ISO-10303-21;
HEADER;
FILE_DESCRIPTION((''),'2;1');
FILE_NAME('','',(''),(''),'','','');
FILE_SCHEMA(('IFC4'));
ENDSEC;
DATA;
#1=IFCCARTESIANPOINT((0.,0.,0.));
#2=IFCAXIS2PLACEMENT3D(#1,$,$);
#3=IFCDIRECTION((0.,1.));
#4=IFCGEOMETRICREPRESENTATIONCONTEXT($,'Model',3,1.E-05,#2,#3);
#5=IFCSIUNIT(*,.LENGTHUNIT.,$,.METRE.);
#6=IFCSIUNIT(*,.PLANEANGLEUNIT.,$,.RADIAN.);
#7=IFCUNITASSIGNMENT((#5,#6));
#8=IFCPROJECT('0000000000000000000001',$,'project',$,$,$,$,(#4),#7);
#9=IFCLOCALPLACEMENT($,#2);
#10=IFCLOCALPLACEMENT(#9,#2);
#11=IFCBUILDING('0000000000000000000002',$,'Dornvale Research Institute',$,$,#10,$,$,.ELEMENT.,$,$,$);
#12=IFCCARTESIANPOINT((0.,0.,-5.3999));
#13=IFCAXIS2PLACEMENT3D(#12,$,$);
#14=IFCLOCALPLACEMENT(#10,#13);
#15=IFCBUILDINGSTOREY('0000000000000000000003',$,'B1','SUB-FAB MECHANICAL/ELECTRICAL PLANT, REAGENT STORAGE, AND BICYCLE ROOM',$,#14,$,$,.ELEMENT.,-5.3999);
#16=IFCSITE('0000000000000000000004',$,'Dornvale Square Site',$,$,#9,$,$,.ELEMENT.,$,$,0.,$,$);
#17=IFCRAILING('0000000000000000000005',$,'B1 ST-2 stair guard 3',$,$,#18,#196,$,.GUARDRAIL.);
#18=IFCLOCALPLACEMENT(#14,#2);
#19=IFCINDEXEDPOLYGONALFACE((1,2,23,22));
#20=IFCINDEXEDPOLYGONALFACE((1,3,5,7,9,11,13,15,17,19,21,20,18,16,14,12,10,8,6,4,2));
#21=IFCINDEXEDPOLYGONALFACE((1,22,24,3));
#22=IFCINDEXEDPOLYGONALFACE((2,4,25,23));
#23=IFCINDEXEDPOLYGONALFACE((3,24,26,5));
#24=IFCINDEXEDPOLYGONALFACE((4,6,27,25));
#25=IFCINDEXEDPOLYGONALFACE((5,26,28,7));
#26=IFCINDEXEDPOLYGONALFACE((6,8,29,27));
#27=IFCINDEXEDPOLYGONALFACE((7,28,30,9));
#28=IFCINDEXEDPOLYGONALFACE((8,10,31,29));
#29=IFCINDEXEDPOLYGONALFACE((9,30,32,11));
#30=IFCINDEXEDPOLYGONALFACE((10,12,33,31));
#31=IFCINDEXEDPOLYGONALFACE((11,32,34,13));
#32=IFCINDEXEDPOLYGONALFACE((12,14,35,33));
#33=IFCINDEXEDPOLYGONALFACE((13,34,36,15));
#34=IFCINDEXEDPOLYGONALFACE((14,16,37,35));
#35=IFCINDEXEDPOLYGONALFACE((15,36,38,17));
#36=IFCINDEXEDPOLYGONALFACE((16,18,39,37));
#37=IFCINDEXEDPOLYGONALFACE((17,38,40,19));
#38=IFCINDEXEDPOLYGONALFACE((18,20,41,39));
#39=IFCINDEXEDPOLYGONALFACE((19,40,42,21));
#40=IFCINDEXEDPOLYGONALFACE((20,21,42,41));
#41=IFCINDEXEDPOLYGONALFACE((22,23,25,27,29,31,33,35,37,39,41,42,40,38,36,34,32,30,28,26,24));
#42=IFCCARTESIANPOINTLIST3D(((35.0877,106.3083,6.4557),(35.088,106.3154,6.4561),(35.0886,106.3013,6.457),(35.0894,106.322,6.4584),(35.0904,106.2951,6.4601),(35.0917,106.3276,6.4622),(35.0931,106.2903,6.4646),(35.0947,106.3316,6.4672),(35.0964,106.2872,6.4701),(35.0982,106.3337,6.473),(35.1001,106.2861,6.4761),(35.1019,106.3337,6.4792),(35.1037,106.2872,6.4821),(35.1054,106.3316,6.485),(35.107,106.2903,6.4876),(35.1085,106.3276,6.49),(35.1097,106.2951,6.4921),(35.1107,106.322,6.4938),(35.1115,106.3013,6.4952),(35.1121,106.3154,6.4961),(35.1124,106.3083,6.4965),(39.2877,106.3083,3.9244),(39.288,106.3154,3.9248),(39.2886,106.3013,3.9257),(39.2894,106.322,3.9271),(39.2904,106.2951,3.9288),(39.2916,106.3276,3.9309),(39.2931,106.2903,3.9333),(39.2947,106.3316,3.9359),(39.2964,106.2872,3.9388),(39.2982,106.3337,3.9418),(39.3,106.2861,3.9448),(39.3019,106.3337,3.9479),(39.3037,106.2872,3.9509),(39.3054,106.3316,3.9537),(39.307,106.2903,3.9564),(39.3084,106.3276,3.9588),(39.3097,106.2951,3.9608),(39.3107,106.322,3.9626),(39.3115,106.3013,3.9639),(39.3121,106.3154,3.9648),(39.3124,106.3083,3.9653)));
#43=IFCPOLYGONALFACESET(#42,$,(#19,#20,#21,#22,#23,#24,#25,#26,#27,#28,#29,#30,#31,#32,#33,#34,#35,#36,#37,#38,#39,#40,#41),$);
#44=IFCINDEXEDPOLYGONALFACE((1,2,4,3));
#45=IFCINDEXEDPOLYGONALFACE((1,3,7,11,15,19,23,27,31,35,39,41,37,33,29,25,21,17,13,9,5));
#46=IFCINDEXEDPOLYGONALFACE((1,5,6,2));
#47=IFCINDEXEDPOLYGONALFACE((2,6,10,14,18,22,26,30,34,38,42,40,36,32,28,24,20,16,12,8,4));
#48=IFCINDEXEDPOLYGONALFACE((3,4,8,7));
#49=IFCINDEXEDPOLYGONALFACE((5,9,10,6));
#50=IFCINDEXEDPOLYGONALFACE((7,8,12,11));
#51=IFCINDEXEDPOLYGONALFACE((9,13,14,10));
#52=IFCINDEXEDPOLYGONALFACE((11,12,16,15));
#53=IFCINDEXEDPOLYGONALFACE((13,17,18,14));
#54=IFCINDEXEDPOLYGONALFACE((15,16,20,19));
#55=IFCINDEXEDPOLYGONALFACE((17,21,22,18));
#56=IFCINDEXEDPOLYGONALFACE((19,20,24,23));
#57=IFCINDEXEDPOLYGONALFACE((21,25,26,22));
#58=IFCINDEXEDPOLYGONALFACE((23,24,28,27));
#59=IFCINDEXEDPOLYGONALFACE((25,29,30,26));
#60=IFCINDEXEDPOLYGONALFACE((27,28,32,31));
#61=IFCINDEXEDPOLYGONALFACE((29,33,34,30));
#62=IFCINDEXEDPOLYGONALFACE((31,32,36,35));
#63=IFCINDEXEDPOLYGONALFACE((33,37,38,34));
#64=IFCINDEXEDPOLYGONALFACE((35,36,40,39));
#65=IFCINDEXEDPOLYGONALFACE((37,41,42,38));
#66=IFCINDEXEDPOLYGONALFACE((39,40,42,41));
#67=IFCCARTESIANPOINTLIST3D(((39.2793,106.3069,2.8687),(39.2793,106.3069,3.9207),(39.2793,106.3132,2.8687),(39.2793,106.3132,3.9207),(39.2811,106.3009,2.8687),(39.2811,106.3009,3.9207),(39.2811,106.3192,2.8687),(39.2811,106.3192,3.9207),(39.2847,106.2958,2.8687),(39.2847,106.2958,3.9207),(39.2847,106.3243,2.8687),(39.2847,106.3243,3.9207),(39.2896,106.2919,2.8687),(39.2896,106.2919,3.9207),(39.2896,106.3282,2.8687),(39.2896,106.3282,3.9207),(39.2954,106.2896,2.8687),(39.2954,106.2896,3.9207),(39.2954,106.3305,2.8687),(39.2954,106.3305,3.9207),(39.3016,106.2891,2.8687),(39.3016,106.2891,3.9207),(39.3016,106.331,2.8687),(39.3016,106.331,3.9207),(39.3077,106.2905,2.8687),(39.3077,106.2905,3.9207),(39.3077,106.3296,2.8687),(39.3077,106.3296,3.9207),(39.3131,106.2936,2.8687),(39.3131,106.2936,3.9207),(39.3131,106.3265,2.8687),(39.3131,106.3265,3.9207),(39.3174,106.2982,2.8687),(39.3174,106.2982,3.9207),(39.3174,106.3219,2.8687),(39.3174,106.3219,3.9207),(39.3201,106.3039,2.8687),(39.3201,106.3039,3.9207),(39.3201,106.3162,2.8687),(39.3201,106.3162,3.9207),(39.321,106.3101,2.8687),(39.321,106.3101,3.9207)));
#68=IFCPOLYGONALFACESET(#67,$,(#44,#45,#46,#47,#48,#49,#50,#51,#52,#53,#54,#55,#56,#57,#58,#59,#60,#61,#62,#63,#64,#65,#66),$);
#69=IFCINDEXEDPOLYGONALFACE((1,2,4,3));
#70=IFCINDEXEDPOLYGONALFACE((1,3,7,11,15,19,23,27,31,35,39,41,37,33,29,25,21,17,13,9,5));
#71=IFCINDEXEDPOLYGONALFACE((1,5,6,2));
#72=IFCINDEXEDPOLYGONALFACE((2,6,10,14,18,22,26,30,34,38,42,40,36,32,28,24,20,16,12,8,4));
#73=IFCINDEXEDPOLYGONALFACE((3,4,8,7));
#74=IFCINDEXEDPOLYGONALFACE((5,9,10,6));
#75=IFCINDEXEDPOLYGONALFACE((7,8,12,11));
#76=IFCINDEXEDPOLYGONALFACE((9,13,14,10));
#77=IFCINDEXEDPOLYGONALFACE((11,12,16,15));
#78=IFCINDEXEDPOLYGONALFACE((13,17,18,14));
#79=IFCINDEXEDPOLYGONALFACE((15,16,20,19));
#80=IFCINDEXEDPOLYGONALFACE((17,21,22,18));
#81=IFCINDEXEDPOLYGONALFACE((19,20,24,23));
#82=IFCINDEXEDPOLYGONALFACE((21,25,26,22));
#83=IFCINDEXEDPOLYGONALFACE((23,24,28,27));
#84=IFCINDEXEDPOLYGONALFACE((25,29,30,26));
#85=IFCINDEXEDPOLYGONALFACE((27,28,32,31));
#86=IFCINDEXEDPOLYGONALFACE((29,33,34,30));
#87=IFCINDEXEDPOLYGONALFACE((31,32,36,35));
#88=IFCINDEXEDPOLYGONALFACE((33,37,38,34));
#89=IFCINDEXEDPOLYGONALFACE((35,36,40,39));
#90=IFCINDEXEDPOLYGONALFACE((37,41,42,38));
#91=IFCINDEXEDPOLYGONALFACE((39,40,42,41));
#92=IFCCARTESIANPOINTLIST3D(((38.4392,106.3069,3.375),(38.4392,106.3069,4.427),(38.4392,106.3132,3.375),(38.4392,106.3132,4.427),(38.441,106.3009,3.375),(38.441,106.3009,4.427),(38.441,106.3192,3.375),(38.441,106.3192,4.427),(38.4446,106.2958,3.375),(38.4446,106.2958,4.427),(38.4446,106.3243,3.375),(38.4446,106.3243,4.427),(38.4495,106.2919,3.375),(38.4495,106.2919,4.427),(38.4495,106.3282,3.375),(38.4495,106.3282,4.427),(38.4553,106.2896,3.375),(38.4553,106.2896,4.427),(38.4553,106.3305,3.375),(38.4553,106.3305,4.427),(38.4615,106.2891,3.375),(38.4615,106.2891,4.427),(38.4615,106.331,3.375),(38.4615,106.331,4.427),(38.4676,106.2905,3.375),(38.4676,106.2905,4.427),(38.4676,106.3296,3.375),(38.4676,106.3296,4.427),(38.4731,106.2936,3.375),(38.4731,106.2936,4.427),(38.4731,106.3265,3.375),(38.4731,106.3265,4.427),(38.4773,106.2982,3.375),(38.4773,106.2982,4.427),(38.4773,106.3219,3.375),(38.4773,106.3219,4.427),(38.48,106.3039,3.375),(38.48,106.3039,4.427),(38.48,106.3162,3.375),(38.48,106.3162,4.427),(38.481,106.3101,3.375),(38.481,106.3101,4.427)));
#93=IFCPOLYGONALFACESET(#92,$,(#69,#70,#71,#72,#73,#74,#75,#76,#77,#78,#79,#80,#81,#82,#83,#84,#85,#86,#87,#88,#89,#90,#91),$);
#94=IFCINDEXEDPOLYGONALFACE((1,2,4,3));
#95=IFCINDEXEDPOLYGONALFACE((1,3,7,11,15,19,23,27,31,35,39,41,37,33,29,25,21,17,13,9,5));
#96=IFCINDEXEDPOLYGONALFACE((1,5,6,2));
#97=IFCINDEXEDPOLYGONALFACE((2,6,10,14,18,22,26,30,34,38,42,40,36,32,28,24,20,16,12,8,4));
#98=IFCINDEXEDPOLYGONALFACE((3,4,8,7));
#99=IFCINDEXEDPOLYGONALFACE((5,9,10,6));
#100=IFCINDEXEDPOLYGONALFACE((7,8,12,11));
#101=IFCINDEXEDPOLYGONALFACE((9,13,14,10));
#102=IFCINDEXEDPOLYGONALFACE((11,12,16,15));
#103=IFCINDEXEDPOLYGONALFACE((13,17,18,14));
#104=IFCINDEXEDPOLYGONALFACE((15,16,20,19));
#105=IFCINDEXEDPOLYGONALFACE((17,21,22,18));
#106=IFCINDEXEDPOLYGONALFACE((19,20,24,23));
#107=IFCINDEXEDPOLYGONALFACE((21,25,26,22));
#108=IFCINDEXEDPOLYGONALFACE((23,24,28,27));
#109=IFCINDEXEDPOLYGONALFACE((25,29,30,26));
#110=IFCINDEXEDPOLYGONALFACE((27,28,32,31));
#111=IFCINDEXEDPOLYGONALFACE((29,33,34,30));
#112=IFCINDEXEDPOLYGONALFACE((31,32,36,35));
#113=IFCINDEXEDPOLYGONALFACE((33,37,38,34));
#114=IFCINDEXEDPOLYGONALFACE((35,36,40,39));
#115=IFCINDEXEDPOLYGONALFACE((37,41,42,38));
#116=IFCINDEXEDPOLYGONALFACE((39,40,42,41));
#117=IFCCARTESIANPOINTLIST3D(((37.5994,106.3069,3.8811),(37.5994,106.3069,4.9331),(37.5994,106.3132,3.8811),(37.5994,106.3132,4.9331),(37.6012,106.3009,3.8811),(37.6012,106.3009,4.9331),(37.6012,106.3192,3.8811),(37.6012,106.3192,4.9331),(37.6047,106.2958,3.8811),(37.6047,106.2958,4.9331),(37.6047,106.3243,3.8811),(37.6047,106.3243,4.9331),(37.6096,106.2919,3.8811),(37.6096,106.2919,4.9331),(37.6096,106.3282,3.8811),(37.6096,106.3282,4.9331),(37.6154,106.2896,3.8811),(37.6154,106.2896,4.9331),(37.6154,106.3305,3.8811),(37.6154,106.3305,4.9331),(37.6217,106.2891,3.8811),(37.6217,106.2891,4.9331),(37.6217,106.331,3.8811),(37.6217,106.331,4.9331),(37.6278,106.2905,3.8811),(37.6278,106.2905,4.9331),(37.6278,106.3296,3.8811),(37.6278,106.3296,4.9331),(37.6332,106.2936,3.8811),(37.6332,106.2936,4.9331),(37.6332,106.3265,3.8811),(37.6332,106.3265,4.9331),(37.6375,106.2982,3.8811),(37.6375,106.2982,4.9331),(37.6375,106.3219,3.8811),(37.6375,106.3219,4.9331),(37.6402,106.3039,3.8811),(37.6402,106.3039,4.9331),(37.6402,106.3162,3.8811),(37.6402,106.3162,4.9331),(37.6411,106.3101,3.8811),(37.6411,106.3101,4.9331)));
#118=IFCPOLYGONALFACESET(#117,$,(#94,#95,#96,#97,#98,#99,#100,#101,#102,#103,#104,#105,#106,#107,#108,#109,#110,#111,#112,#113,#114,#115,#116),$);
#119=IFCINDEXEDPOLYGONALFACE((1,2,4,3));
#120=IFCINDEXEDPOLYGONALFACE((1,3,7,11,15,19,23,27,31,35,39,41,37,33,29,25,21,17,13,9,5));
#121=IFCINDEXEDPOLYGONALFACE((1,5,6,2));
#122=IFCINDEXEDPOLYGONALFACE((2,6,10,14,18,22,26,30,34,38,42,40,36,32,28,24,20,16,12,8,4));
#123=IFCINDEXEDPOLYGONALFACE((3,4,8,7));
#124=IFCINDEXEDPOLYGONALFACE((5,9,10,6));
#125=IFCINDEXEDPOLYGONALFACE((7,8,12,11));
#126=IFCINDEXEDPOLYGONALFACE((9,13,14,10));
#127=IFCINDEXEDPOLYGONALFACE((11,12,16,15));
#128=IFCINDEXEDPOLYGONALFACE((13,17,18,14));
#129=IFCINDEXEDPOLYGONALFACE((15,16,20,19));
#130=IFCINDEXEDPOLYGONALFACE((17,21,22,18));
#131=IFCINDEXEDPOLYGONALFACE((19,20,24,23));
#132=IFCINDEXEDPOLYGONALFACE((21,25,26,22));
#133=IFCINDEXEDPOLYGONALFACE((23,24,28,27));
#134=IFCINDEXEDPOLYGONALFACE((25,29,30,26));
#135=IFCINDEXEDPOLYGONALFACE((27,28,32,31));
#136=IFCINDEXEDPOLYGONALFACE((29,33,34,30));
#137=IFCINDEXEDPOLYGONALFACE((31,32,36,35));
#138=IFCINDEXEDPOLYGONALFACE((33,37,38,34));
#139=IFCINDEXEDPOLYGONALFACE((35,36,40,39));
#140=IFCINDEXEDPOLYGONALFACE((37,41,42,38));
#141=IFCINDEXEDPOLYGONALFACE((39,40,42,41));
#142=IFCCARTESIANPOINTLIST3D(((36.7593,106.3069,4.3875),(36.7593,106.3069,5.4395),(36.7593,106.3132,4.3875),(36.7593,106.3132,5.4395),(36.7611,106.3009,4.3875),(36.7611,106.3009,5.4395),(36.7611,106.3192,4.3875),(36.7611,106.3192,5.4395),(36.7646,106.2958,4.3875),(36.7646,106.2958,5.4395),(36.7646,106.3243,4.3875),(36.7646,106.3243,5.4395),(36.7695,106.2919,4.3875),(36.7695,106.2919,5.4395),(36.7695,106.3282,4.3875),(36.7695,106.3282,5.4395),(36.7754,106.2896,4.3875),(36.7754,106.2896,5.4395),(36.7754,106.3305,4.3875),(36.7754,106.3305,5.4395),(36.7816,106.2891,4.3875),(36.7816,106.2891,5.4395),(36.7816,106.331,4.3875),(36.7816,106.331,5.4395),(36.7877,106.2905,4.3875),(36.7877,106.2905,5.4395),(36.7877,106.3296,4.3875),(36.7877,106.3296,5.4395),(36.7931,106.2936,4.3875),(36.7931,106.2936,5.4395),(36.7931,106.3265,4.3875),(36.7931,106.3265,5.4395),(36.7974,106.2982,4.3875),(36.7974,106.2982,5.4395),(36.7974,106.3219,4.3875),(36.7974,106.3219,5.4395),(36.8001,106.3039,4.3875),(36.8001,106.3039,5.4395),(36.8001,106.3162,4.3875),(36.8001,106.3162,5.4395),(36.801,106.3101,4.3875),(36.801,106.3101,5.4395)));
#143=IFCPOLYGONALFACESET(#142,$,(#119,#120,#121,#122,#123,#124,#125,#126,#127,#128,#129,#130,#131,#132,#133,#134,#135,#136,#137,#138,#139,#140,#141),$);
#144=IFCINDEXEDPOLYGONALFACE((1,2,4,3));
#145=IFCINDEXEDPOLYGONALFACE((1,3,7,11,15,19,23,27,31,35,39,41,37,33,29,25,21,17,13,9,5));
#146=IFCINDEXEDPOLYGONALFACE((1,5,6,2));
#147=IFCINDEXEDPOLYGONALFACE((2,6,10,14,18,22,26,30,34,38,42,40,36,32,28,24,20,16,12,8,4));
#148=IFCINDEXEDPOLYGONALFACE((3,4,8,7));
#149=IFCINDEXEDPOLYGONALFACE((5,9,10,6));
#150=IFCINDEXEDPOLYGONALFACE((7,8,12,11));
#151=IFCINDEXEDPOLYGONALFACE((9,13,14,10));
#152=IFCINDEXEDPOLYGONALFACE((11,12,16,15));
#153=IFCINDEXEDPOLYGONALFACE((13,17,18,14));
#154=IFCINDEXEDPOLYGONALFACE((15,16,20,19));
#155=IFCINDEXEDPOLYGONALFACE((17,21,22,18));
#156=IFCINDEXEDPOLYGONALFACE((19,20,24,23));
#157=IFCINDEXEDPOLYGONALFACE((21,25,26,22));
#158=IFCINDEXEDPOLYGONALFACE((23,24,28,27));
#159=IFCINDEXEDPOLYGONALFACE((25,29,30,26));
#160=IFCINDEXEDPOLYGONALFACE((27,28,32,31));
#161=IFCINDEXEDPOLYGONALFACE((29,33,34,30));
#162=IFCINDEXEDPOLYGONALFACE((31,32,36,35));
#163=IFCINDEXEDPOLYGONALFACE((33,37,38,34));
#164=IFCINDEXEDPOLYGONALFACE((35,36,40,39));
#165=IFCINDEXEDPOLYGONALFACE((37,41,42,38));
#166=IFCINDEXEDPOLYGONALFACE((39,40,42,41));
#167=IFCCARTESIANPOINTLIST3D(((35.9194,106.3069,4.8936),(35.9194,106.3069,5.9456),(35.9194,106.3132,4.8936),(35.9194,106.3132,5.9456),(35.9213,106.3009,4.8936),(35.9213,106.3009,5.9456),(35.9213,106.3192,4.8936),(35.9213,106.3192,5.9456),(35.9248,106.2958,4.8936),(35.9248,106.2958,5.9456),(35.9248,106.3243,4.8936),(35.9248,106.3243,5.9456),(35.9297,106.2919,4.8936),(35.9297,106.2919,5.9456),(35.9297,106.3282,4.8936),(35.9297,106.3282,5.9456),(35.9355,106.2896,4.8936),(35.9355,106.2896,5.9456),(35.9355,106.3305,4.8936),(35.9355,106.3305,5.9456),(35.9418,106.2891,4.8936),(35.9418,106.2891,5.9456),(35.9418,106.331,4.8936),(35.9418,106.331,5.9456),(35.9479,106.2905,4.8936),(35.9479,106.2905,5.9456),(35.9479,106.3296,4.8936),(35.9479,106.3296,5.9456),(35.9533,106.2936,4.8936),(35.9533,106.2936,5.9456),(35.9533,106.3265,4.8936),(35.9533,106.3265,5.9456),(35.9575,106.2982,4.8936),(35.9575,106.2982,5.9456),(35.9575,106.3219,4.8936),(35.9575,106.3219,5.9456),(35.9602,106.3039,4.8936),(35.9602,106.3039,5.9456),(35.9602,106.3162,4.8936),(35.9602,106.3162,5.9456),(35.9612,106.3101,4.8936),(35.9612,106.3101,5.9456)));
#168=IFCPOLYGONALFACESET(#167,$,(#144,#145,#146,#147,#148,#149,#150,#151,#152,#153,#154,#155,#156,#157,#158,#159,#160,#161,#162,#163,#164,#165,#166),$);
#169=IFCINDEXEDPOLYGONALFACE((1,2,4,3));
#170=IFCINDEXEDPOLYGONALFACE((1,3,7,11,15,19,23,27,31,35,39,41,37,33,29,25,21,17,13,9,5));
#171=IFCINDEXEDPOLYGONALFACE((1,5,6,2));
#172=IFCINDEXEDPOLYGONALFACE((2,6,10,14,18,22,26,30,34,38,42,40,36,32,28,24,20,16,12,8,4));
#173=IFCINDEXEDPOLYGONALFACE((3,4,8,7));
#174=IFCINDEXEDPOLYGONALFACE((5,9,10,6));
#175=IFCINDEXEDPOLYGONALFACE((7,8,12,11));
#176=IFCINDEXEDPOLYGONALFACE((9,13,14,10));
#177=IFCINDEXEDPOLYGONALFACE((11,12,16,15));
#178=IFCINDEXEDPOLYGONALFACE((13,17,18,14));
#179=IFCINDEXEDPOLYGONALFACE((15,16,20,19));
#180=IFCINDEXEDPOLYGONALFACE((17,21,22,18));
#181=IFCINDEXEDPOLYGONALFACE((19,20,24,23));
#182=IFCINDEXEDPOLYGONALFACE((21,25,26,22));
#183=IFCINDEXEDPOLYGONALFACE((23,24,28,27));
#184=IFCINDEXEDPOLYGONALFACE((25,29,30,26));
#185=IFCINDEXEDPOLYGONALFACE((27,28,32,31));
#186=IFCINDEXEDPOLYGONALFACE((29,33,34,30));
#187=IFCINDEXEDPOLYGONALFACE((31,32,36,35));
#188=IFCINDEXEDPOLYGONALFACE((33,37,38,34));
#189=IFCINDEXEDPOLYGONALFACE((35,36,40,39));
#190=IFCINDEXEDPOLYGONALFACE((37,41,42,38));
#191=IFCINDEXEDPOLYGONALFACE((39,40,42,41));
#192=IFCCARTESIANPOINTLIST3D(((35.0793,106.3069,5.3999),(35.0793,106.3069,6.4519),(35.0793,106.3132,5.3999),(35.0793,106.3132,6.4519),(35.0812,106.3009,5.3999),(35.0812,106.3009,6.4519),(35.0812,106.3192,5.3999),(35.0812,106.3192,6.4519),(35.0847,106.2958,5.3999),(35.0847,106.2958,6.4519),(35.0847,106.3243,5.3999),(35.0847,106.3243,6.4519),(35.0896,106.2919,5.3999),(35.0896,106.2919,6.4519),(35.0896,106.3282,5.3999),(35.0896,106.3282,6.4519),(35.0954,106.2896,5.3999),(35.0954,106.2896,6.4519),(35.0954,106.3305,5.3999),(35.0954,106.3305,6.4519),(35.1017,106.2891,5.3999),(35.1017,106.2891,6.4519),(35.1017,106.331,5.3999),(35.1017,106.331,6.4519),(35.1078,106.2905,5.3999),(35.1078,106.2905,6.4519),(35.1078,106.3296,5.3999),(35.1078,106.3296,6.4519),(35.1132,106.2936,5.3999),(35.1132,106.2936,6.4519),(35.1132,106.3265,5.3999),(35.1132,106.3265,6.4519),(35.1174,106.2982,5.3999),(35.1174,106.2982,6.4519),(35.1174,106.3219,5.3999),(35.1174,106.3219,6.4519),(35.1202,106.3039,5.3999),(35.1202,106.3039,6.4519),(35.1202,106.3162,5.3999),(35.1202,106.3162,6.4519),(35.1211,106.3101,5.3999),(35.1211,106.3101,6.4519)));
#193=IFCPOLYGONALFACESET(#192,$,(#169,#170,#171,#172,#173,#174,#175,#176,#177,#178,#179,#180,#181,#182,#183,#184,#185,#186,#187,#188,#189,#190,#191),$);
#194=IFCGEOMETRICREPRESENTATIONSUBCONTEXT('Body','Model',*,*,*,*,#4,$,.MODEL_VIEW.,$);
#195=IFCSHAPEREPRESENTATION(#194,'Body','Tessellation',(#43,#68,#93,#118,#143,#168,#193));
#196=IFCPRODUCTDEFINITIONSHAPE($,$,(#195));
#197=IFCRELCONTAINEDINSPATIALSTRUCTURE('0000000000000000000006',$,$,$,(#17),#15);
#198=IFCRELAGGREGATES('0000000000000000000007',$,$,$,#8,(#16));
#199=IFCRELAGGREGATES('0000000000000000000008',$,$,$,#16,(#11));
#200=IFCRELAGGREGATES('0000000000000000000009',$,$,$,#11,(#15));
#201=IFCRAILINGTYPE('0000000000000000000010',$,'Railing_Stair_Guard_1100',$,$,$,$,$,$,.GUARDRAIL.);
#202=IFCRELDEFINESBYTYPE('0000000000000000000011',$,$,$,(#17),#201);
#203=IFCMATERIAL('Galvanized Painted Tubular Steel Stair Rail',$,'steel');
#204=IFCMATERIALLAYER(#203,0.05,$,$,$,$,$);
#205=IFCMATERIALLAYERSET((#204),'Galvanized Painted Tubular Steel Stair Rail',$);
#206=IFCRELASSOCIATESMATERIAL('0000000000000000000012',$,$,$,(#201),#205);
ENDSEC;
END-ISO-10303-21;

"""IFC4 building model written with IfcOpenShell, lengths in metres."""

from ifc_helpers import new_model, si_unit, direction, frame, origin, origin_2d, place, context, subcontext, project, spatial, circle, extrude, material, layer, layer_set, type_object, element, save


model = new_model("IFC4")

# Units and contexts
model_context = context("Model", 3, precision=1e-05, world=origin(), true_north=direction((0.0, 1.0)))
body_context = subcontext(model_context, "Body", "Model", "MODEL_VIEW")
ifc_project = project(units=[si_unit("LENGTHUNIT", "METRE"), si_unit("PLANEANGLEUNIT", "RADIAN")], contexts=[model_context])

# Site, building, storey
site_placement = place(None, origin())
site = spatial("IfcSite", under=ifc_project, at=site_placement, Name="Dornvale Square Site", CompositionType="ELEMENT", RefElevation=0.0)
building_placement = place(site_placement, origin())
building = spatial("IfcBuilding", under=site, at=building_placement, Name="Dornvale Research Institute", CompositionType="ELEMENT")
storey_placement = place(building_placement, frame((0.0, 0.0, -5.3999)))
storey = spatial("IfcBuildingStorey", under=building, at=storey_placement, Name="B1", Description="SUB-FAB MECHANICAL/ELECTRICAL PLANT, REAGENT STORAGE, AND BICYCLE ROOM", CompositionType="ELEMENT", Elevation=-5.3999)

# Railing
ifc_material_1 = material(Name="Galvanized Painted Tubular Steel Stair Rail", Category="steel")
ifc_layer_1 = layer(ifc_material_1, 0.05)
ifc_layer_set_1 = layer_set([ifc_layer_1], Name="Galvanized Painted Tubular Steel Stair Rail")
railing_type_1 = type_object("IfcRailingType", Name="Railing_Stair_Guard_1100", PredefinedType="GUARDRAIL", material=ifc_layer_set_1)
railing_1_placement = place(storey_placement, frame((39.3, 106.3101, 2.8687)))
element("IfcRailing", 1, at=railing_1_placement, inside=storey, type_object=railing_type_1, Name="B1 ST-2 stair guard 3", PredefinedType="GUARDRAIL", context=body_context, shape_type="SweptSolid", body=[
    extrude(circle(Radius=0.0239, at=origin_2d()), frame((0.0, 0.0, 1.0762), z_axis=(-0.856476, 0.0, 0.516186), x_axis=(0.0, -1.0, 0.0)), (0.0, 0.0, 1.0), 4.9038),
    extrude(circle(Radius=0.021, at=origin_2d()), origin(), (0.0, 0.0, 1.0), 1.052),
    extrude(circle(Radius=0.021, at=origin_2d()), frame((-0.8401, 0.0, 0.5063)), (0.0, 0.0, 1.0), 1.052),
    extrude(circle(Radius=0.021, at=origin_2d()), frame((-1.6799, 0.0, 1.0125)), (0.0, 0.0, 1.0), 1.052),
    extrude(circle(Radius=0.021, at=origin_2d()), frame((-2.52, 0.0, 1.5188)), (0.0, 0.0, 1.0), 1.052),
    extrude(circle(Radius=0.021, at=origin_2d()), frame((-3.3599, 0.0, 2.0249)), (0.0, 0.0, 1.0), 1.052),
    extrude(circle(Radius=0.021, at=origin_2d()), frame((-4.2, 0.0, 2.5312)), (0.0, 0.0, 1.0), 1.052),
])

save(model, "model.ifc")
